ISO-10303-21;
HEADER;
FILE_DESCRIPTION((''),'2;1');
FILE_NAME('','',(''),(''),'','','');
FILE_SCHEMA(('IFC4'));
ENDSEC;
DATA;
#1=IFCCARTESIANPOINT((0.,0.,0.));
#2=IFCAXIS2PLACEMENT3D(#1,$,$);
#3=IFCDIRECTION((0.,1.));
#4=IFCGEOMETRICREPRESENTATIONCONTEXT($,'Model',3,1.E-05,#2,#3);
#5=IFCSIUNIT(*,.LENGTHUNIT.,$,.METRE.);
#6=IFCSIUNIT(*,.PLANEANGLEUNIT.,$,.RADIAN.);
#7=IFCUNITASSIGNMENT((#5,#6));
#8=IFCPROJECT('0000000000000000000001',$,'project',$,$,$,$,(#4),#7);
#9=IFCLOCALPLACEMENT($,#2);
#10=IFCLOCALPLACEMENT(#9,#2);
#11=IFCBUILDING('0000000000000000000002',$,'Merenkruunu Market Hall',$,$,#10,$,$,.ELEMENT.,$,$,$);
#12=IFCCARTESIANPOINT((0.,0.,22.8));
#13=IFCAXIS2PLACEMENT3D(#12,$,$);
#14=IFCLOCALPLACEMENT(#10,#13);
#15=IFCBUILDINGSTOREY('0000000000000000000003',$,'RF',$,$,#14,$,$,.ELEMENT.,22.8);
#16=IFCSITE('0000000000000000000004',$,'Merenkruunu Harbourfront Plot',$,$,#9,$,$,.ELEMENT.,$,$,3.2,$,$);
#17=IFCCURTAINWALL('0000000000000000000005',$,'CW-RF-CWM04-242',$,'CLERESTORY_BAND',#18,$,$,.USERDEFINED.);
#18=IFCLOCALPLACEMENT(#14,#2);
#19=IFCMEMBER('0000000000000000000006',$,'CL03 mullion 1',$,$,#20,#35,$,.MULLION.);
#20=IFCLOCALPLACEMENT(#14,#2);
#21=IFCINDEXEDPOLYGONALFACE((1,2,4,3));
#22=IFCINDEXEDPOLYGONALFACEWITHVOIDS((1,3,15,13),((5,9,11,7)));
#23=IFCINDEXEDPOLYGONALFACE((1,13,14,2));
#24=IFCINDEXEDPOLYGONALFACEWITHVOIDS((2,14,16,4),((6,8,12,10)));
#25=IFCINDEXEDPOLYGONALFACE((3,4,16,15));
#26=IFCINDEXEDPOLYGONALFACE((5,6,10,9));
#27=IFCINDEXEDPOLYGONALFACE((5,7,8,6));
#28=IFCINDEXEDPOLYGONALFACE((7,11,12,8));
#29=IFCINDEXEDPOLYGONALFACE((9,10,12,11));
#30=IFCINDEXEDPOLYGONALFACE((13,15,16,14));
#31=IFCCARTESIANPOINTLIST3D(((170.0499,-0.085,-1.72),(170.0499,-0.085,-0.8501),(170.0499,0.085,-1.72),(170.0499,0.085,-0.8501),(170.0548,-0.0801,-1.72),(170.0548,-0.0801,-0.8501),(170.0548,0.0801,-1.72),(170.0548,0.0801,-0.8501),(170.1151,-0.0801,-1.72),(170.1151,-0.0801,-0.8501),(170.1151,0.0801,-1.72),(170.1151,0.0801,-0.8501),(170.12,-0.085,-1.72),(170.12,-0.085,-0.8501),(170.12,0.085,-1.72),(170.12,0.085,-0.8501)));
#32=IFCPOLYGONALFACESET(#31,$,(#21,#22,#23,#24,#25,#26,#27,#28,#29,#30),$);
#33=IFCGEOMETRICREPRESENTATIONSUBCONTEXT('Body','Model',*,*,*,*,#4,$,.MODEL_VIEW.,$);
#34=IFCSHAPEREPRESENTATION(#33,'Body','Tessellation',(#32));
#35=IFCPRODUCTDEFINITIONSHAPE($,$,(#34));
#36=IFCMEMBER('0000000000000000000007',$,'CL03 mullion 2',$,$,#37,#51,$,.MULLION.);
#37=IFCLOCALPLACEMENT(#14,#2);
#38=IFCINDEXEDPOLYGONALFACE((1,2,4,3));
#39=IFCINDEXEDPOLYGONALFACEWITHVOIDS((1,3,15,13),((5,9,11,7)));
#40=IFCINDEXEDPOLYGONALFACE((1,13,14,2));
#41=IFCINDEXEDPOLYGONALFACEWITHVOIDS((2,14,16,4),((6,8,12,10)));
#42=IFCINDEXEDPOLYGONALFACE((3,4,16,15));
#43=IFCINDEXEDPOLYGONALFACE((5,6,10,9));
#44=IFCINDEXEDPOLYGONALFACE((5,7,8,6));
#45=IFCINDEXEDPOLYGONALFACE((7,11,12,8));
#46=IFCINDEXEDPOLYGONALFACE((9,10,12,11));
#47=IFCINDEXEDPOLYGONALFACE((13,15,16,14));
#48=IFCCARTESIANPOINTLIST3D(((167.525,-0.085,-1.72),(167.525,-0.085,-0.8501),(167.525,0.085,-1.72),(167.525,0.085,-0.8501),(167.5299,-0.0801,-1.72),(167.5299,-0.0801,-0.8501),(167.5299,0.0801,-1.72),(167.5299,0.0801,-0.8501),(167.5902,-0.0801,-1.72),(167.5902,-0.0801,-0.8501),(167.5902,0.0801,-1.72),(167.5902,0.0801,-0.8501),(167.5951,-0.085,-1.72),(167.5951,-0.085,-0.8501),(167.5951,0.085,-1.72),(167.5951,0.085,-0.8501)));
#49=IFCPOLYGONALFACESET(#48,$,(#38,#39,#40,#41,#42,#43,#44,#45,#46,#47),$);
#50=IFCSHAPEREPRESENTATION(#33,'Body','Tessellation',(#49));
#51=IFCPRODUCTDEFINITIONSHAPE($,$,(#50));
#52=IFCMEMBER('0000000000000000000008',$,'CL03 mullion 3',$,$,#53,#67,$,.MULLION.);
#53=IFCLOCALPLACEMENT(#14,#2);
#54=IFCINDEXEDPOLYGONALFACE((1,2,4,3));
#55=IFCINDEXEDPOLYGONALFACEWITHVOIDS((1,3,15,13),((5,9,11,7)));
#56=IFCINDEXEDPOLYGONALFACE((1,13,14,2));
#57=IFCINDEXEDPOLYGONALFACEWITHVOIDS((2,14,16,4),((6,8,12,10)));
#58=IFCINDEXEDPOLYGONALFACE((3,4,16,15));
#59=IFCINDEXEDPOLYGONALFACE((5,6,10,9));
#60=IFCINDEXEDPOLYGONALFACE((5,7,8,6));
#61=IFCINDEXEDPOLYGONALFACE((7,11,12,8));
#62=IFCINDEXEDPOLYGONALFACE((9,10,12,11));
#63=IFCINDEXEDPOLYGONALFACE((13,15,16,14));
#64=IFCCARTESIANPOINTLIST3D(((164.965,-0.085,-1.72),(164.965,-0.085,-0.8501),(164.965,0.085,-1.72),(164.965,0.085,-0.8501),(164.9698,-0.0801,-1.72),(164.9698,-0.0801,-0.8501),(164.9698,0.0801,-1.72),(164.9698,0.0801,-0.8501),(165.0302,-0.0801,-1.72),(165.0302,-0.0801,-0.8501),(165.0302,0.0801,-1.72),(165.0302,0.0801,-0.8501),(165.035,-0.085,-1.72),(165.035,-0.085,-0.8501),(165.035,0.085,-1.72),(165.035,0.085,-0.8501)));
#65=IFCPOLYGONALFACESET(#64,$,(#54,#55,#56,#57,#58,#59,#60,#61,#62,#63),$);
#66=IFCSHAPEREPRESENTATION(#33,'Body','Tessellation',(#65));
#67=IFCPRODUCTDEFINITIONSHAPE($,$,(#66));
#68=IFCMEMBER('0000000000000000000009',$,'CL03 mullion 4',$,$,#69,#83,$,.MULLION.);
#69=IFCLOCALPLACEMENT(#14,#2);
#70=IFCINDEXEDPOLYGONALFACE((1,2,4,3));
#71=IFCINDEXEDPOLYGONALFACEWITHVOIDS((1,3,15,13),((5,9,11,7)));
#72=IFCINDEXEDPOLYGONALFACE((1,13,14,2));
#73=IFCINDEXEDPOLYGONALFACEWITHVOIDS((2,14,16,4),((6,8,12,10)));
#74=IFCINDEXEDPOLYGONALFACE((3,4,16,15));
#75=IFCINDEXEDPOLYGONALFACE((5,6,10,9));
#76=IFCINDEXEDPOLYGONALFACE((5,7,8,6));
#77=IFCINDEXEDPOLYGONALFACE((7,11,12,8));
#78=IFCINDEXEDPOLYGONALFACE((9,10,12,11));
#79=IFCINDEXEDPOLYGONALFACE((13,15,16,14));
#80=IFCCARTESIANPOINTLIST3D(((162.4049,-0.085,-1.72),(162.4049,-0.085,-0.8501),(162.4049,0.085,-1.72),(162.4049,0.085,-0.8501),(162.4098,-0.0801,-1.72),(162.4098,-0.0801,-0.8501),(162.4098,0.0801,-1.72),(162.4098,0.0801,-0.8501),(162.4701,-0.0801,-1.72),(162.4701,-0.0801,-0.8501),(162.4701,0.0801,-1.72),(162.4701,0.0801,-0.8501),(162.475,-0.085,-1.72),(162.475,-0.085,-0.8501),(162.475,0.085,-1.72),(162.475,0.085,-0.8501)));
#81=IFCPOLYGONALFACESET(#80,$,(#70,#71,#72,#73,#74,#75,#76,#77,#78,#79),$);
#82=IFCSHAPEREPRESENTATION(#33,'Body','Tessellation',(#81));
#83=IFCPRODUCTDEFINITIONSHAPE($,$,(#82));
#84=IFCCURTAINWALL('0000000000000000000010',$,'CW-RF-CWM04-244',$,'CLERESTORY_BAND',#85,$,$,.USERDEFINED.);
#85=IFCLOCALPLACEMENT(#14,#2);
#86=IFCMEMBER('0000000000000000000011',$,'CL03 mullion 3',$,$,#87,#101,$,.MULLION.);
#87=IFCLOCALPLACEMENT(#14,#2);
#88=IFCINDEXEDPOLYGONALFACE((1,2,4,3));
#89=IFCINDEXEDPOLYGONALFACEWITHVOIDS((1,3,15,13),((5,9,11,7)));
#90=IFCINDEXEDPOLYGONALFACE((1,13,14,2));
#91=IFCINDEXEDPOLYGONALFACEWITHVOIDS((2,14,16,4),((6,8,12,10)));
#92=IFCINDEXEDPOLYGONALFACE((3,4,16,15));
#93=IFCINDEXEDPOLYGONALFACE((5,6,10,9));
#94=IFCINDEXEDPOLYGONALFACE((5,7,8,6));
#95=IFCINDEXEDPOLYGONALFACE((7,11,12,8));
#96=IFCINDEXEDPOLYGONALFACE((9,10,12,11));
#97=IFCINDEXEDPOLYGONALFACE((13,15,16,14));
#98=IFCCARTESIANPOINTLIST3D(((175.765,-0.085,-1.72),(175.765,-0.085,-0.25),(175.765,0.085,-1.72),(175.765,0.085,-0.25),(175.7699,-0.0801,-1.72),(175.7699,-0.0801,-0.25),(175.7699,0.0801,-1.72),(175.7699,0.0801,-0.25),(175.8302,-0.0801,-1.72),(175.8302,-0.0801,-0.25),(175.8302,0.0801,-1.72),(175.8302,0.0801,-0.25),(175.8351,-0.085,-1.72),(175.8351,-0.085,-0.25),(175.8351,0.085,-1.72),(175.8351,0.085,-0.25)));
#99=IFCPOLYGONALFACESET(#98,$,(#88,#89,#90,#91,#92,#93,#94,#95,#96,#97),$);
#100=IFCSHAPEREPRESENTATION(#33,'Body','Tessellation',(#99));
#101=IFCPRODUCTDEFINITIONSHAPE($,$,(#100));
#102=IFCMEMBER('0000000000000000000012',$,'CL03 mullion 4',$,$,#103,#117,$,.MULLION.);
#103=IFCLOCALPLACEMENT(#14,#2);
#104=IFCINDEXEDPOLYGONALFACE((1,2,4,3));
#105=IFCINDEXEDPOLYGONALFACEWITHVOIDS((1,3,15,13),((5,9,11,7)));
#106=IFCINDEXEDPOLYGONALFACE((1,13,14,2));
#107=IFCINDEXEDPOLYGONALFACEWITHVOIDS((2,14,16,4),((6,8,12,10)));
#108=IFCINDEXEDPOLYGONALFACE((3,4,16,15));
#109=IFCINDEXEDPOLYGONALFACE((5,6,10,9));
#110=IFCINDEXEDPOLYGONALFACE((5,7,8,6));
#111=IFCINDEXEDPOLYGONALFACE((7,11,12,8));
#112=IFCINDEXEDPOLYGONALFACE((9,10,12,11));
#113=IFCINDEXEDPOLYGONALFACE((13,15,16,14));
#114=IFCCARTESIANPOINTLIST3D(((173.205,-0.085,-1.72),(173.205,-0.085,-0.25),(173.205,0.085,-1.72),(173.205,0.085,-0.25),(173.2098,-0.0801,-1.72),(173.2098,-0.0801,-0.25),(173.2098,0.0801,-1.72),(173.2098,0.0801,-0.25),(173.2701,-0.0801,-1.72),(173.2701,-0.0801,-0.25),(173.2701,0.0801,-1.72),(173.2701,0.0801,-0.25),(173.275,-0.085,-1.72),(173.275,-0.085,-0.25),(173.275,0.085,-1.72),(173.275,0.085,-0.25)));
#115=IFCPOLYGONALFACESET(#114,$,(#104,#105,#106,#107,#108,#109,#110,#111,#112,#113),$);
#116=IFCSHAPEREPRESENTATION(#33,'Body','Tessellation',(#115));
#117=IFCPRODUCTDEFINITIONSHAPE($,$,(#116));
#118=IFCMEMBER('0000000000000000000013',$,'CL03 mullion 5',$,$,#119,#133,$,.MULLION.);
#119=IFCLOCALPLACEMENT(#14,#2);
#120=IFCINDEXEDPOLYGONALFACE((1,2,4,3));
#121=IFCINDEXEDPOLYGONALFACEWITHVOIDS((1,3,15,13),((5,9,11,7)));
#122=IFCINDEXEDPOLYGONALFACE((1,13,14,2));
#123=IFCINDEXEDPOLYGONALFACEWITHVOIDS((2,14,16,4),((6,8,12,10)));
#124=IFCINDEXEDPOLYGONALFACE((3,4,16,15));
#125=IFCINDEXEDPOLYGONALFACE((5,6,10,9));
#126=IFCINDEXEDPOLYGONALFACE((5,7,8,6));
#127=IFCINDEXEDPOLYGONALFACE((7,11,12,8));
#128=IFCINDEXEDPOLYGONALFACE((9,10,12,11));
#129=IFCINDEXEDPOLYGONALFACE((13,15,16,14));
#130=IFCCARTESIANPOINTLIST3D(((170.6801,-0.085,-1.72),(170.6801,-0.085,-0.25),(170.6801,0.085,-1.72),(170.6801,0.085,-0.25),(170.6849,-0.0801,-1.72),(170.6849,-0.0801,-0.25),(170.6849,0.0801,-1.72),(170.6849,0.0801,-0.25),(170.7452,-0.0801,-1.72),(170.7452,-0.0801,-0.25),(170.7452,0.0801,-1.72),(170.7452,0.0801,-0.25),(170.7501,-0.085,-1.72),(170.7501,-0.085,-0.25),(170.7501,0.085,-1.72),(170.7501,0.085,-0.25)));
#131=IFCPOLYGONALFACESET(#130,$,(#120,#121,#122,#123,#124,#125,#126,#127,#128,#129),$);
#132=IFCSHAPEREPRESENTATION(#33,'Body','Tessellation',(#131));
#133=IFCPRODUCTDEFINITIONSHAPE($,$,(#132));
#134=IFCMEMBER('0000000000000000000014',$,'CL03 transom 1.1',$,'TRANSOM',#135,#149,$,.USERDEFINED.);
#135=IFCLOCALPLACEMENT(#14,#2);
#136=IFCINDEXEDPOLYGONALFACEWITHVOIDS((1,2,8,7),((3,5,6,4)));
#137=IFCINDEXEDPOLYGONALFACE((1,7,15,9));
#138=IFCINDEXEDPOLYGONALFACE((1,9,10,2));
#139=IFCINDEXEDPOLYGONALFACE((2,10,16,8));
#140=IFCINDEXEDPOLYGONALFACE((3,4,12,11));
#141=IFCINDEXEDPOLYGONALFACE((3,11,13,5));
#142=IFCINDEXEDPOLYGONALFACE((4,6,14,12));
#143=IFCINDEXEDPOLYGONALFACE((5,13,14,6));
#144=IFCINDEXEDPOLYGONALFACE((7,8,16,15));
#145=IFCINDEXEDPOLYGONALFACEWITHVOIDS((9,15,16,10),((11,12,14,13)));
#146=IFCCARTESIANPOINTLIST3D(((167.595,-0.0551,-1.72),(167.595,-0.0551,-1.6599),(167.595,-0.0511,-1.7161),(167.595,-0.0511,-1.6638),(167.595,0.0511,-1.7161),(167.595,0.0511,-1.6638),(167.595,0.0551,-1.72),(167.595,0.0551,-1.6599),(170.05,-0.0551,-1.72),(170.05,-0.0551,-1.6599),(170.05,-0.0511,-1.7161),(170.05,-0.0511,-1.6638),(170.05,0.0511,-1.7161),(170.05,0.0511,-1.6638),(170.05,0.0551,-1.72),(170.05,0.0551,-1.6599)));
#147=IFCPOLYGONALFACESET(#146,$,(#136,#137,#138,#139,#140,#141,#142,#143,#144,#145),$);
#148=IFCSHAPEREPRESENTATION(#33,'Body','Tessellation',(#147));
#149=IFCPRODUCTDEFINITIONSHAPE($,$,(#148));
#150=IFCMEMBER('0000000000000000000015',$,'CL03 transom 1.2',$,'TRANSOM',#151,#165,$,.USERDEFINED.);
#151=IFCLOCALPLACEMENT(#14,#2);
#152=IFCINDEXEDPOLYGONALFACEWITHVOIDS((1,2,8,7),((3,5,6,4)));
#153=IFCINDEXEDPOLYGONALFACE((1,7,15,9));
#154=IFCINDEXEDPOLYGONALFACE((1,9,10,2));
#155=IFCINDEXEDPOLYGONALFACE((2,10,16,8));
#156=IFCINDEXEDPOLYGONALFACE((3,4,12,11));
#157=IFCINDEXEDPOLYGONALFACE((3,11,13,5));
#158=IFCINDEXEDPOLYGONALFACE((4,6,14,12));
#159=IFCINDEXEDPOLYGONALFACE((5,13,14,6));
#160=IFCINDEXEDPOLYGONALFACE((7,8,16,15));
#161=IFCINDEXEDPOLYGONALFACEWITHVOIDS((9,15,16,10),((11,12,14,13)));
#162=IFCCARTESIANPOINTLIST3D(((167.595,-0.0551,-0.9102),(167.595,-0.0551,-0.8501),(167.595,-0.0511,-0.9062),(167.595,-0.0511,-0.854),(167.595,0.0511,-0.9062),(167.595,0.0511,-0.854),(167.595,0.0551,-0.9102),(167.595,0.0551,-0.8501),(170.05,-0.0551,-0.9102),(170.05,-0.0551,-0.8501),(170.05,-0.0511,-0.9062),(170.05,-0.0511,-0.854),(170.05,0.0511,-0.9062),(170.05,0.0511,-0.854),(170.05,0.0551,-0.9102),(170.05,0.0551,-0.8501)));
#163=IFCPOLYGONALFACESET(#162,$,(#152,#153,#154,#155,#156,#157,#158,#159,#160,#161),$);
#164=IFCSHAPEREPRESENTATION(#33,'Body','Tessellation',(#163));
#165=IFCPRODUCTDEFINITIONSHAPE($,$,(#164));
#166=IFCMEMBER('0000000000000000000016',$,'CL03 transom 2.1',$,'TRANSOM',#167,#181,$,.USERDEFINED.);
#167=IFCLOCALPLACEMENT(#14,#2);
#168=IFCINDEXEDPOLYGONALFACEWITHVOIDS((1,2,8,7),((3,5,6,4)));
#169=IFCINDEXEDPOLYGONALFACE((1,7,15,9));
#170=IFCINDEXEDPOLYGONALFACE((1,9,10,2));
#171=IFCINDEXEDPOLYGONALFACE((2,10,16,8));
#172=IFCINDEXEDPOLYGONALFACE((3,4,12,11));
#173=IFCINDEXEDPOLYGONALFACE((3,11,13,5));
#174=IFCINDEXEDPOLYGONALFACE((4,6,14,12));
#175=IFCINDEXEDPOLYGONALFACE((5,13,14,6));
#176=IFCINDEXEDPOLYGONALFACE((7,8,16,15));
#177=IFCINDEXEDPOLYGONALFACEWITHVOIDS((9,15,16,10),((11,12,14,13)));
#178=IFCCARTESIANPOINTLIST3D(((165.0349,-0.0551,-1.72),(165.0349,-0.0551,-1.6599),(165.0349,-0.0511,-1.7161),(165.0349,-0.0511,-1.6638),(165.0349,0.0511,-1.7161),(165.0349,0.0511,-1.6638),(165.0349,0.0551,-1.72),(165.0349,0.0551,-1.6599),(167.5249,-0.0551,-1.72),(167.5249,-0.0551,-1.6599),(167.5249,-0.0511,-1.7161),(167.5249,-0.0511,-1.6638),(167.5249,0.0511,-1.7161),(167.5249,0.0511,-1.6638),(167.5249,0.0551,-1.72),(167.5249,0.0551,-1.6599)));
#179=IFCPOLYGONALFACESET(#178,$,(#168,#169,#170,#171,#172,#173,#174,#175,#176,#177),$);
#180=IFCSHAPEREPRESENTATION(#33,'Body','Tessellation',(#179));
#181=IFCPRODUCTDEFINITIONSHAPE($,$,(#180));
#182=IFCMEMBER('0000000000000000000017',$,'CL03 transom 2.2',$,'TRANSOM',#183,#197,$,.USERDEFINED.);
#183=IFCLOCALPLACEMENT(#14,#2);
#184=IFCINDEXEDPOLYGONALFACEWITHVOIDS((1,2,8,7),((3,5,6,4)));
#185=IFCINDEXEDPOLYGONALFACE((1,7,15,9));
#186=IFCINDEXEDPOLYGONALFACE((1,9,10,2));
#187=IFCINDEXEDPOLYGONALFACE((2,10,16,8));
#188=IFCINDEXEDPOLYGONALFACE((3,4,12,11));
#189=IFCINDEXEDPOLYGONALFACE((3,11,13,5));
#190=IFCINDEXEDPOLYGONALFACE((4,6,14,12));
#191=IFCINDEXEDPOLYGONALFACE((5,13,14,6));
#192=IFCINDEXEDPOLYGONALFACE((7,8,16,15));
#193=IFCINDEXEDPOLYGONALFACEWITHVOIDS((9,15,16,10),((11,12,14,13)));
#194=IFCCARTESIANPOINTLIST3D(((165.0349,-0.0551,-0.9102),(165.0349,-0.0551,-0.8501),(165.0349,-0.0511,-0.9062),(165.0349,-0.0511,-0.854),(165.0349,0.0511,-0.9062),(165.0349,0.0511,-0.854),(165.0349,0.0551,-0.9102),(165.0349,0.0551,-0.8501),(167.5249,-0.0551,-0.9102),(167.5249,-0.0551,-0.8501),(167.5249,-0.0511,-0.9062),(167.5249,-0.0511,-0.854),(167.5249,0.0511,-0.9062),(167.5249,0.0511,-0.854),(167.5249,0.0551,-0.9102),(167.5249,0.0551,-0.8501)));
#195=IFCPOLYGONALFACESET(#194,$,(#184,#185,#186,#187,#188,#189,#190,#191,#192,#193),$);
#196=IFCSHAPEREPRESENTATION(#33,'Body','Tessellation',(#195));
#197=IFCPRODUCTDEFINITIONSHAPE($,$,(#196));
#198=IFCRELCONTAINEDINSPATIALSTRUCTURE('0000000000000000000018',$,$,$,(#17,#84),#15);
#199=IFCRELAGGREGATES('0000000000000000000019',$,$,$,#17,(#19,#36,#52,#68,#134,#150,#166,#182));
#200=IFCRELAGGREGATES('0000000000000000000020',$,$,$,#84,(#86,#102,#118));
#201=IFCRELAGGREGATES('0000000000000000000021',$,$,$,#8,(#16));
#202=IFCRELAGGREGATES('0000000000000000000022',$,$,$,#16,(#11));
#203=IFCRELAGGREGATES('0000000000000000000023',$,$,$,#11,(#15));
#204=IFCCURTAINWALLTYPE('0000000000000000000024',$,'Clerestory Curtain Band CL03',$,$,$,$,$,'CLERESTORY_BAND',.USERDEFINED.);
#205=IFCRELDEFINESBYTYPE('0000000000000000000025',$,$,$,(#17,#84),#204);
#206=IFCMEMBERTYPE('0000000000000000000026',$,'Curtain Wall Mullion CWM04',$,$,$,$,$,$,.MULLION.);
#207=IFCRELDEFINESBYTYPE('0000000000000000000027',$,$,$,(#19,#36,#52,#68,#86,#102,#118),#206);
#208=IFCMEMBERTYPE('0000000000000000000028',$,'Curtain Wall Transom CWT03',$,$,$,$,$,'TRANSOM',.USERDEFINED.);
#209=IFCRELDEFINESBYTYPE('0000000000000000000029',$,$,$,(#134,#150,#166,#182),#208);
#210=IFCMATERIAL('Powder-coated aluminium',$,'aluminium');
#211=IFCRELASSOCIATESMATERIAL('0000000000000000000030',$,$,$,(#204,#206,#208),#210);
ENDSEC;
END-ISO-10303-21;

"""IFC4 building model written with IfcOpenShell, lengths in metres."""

from ifc_helpers import new_model, si_unit, direction, frame, origin, origin_2d, place, context, subcontext, project, spatial, hollow_rectangle, extrude, material, material_profile, profile_set, type_object, element, aggregate, save


model = new_model("IFC4")

# Units and contexts
model_context = context("Model", 3, precision=1e-05, world=origin(), true_north=direction((0.0, 1.0)))
body_context = subcontext(model_context, "Body", "Model", "MODEL_VIEW")
ifc_project = project(units=[si_unit("LENGTHUNIT", "METRE"), si_unit("PLANEANGLEUNIT", "RADIAN")], contexts=[model_context])

# Site, building, storey
site_placement = place(None, origin())
site = spatial("IfcSite", under=ifc_project, at=site_placement, Name="Merenkruunu Harbourfront Plot", CompositionType="ELEMENT", RefElevation=3.2)
building_placement = place(site_placement, origin())
building = spatial("IfcBuilding", under=site, at=building_placement, Name="Merenkruunu Market Hall", CompositionType="ELEMENT")
storey_placement = place(building_placement, frame((0.0, 0.0, 22.8)))
storey = spatial("IfcBuildingStorey", under=building, at=storey_placement, Name="RF", CompositionType="ELEMENT", Elevation=22.8)

# Curtain walls, members
ifc_material_1 = material(Name="Powder-coated aluminium", Category="aluminium")
curtain_wall_type = type_object("IfcCurtainWallType", Name="Clerestory Curtain Band CL03", ElementType="CLERESTORY_BAND", PredefinedType="USERDEFINED", material=ifc_material_1)
curtain_wall_1_placement = place(storey_placement, origin())
curtain_wall_1 = element("IfcCurtainWall", 1, at=curtain_wall_1_placement, inside=storey, type_object=curtain_wall_type, Name="CW-RF-CWM04-242", ObjectType="CLERESTORY_BAND", PredefinedType="USERDEFINED")
ifc_material_profile_1 = material_profile(ifc_material_1, hollow_rectangle(XDim=0.0701, YDim=0.1699, WallThickness=0.0049, at=origin_2d()), Name="ALU 70x170x5")
ifc_profile_set_1 = profile_set([ifc_material_profile_1], Name="Powder-coated aluminium")
member_type_1 = type_object("IfcMemberType", Name="Curtain Wall Mullion CWM04", PredefinedType="MULLION", material=ifc_profile_set_1)
member_1_placement = place(storey_placement, frame((170.085, 0.0, -1.72), z_axis=(0.0, 0.0, 1.0), x_axis=(-1.0, 0.0, 0.0)))
member_1 = element("IfcMember", 2, at=member_1_placement, type_object=member_type_1, Name="CL03 mullion 1", PredefinedType="MULLION", context=body_context, shape_type="SweptSolid", body=[
    extrude(hollow_rectangle(XDim=0.0701, YDim=0.1699, WallThickness=0.0049, at=origin_2d()), origin(), (0.0, 0.0, 1.0), 0.8699),
])
member_2_placement = place(storey_placement, frame((167.5601, 0.0, -1.72), z_axis=(0.0, 0.0, 1.0), x_axis=(-1.0, 0.0, 0.0)))
member_2 = element("IfcMember", 3, at=member_2_placement, type_object=member_type_1, Name="CL03 mullion 2", PredefinedType="MULLION", context=body_context, shape_type="SweptSolid", body=[
    extrude(hollow_rectangle(XDim=0.0701, YDim=0.1699, WallThickness=0.0049, at=origin_2d()), origin(), (0.0, 0.0, 1.0), 0.8699),
])
member_3_placement = place(storey_placement, frame((165.0, 0.0, -1.72), z_axis=(0.0, 0.0, 1.0), x_axis=(-1.0, 0.0, 0.0)))
member_3 = element("IfcMember", 4, at=member_3_placement, type_object=member_type_1, Name="CL03 mullion 3", PredefinedType="MULLION", context=body_context, shape_type="SweptSolid", body=[
    extrude(hollow_rectangle(XDim=0.0701, YDim=0.1699, WallThickness=0.0049, at=origin_2d()), origin(), (0.0, 0.0, 1.0), 0.8699),
])
member_4_placement = place(storey_placement, frame((162.4399, 0.0, -1.72), z_axis=(0.0, 0.0, 1.0), x_axis=(-1.0, 0.0, 0.0)))
member_4 = element("IfcMember", 5, at=member_4_placement, type_object=member_type_1, Name="CL03 mullion 4", PredefinedType="MULLION", context=body_context, shape_type="SweptSolid", body=[
    extrude(hollow_rectangle(XDim=0.0701, YDim=0.1699, WallThickness=0.0049, at=origin_2d()), origin(), (0.0, 0.0, 1.0), 0.8699),
])
curtain_wall_2_placement = place(storey_placement, origin())
curtain_wall_2 = element("IfcCurtainWall", 6, at=curtain_wall_2_placement, inside=storey, type_object=curtain_wall_type, Name="CW-RF-CWM04-244", ObjectType="CLERESTORY_BAND", PredefinedType="USERDEFINED")
member_5_placement = place(storey_placement, frame((175.8, 0.0, -1.72), z_axis=(0.0, 0.0, 1.0), x_axis=(-1.0, 0.0, 0.0)))
member_5 = element("IfcMember", 7, at=member_5_placement, type_object=member_type_1, Name="CL03 mullion 3", PredefinedType="MULLION", context=body_context, shape_type="SweptSolid", body=[
    extrude(hollow_rectangle(XDim=0.0701, YDim=0.1699, WallThickness=0.0049, at=origin_2d()), origin(), (0.0, 0.0, 1.0), 1.47),
])
member_6_placement = place(storey_placement, frame((173.24, 0.0, -1.72), z_axis=(0.0, 0.0, 1.0), x_axis=(-1.0, 0.0, 0.0)))
member_6 = element("IfcMember", 8, at=member_6_placement, type_object=member_type_1, Name="CL03 mullion 4", PredefinedType="MULLION", context=body_context, shape_type="SweptSolid", body=[
    extrude(hollow_rectangle(XDim=0.0701, YDim=0.1699, WallThickness=0.0049, at=origin_2d()), origin(), (0.0, 0.0, 1.0), 1.47),
])
member_7_placement = place(storey_placement, frame((170.7151, 0.0, -1.72), z_axis=(0.0, 0.0, 1.0), x_axis=(-1.0, 0.0, 0.0)))
member_7 = element("IfcMember", 9, at=member_7_placement, type_object=member_type_1, Name="CL03 mullion 5", PredefinedType="MULLION", context=body_context, shape_type="SweptSolid", body=[
    extrude(hollow_rectangle(XDim=0.0701, YDim=0.1699, WallThickness=0.0049, at=origin_2d()), origin(), (0.0, 0.0, 1.0), 1.47),
])

# Members
ifc_material_profile_2 = material_profile(ifc_material_1, hollow_rectangle(XDim=0.0601, YDim=0.1101, WallThickness=0.0039, at=origin_2d()), Name="ALU 60x110x4")
ifc_profile_set_2 = profile_set([ifc_material_profile_2], Name="Powder-coated aluminium")
member_type_2 = type_object("IfcMemberType", Name="Curtain Wall Transom CWT03", ElementType="TRANSOM", PredefinedType="USERDEFINED", material=ifc_profile_set_2)
member_8_placement = place(storey_placement, frame((170.05, 0.0, -1.6899), z_axis=(-1.0, 0.0, 0.0), x_axis=(0.0, 0.0, 1.0)))
member_8 = element("IfcMember", 10, at=member_8_placement, type_object=member_type_2, Name="CL03 transom 1.1", ObjectType="TRANSOM", PredefinedType="USERDEFINED", context=body_context, shape_type="SweptSolid", body=[
    extrude(hollow_rectangle(XDim=0.0601, YDim=0.1101, WallThickness=0.0039, at=origin_2d()), origin(), (0.0, 0.0, 1.0), 2.4551),
])
member_9_placement = place(storey_placement, frame((170.05, 0.0, -0.8801), z_axis=(-1.0, 0.0, 0.0), x_axis=(0.0, 0.0, 1.0)))
member_9 = element("IfcMember", 11, at=member_9_placement, type_object=member_type_2, Name="CL03 transom 1.2", ObjectType="TRANSOM", PredefinedType="USERDEFINED", context=body_context, shape_type="SweptSolid", body=[
    extrude(hollow_rectangle(XDim=0.0601, YDim=0.1101, WallThickness=0.0039, at=origin_2d()), origin(), (0.0, 0.0, 1.0), 2.4551),
])
member_10_placement = place(storey_placement, frame((167.5249, 0.0, -1.6899), z_axis=(-1.0, 0.0, 0.0), x_axis=(0.0, 0.0, 1.0)))
member_10 = element("IfcMember", 12, at=member_10_placement, type_object=member_type_2, Name="CL03 transom 2.1", ObjectType="TRANSOM", PredefinedType="USERDEFINED", context=body_context, shape_type="SweptSolid", body=[
    extrude(hollow_rectangle(XDim=0.0601, YDim=0.1101, WallThickness=0.0039, at=origin_2d()), origin(), (0.0, 0.0, 1.0), 2.49),
])
member_11_placement = place(storey_placement, frame((167.5249, 0.0, -0.8801), z_axis=(-1.0, 0.0, 0.0), x_axis=(0.0, 0.0, 1.0)))
member_11 = element("IfcMember", 13, at=member_11_placement, type_object=member_type_2, Name="CL03 transom 2.2", ObjectType="TRANSOM", PredefinedType="USERDEFINED", context=body_context, shape_type="SweptSolid", body=[
    extrude(hollow_rectangle(XDim=0.0601, YDim=0.1101, WallThickness=0.0039, at=origin_2d()), origin(), (0.0, 0.0, 1.0), 2.49),
])

aggregate(curtain_wall_1, [member_1, member_2, member_3, member_4, member_8, member_9, member_10, member_11])
aggregate(curtain_wall_2, [member_5, member_6, member_7])

save(model, "model.ifc")
